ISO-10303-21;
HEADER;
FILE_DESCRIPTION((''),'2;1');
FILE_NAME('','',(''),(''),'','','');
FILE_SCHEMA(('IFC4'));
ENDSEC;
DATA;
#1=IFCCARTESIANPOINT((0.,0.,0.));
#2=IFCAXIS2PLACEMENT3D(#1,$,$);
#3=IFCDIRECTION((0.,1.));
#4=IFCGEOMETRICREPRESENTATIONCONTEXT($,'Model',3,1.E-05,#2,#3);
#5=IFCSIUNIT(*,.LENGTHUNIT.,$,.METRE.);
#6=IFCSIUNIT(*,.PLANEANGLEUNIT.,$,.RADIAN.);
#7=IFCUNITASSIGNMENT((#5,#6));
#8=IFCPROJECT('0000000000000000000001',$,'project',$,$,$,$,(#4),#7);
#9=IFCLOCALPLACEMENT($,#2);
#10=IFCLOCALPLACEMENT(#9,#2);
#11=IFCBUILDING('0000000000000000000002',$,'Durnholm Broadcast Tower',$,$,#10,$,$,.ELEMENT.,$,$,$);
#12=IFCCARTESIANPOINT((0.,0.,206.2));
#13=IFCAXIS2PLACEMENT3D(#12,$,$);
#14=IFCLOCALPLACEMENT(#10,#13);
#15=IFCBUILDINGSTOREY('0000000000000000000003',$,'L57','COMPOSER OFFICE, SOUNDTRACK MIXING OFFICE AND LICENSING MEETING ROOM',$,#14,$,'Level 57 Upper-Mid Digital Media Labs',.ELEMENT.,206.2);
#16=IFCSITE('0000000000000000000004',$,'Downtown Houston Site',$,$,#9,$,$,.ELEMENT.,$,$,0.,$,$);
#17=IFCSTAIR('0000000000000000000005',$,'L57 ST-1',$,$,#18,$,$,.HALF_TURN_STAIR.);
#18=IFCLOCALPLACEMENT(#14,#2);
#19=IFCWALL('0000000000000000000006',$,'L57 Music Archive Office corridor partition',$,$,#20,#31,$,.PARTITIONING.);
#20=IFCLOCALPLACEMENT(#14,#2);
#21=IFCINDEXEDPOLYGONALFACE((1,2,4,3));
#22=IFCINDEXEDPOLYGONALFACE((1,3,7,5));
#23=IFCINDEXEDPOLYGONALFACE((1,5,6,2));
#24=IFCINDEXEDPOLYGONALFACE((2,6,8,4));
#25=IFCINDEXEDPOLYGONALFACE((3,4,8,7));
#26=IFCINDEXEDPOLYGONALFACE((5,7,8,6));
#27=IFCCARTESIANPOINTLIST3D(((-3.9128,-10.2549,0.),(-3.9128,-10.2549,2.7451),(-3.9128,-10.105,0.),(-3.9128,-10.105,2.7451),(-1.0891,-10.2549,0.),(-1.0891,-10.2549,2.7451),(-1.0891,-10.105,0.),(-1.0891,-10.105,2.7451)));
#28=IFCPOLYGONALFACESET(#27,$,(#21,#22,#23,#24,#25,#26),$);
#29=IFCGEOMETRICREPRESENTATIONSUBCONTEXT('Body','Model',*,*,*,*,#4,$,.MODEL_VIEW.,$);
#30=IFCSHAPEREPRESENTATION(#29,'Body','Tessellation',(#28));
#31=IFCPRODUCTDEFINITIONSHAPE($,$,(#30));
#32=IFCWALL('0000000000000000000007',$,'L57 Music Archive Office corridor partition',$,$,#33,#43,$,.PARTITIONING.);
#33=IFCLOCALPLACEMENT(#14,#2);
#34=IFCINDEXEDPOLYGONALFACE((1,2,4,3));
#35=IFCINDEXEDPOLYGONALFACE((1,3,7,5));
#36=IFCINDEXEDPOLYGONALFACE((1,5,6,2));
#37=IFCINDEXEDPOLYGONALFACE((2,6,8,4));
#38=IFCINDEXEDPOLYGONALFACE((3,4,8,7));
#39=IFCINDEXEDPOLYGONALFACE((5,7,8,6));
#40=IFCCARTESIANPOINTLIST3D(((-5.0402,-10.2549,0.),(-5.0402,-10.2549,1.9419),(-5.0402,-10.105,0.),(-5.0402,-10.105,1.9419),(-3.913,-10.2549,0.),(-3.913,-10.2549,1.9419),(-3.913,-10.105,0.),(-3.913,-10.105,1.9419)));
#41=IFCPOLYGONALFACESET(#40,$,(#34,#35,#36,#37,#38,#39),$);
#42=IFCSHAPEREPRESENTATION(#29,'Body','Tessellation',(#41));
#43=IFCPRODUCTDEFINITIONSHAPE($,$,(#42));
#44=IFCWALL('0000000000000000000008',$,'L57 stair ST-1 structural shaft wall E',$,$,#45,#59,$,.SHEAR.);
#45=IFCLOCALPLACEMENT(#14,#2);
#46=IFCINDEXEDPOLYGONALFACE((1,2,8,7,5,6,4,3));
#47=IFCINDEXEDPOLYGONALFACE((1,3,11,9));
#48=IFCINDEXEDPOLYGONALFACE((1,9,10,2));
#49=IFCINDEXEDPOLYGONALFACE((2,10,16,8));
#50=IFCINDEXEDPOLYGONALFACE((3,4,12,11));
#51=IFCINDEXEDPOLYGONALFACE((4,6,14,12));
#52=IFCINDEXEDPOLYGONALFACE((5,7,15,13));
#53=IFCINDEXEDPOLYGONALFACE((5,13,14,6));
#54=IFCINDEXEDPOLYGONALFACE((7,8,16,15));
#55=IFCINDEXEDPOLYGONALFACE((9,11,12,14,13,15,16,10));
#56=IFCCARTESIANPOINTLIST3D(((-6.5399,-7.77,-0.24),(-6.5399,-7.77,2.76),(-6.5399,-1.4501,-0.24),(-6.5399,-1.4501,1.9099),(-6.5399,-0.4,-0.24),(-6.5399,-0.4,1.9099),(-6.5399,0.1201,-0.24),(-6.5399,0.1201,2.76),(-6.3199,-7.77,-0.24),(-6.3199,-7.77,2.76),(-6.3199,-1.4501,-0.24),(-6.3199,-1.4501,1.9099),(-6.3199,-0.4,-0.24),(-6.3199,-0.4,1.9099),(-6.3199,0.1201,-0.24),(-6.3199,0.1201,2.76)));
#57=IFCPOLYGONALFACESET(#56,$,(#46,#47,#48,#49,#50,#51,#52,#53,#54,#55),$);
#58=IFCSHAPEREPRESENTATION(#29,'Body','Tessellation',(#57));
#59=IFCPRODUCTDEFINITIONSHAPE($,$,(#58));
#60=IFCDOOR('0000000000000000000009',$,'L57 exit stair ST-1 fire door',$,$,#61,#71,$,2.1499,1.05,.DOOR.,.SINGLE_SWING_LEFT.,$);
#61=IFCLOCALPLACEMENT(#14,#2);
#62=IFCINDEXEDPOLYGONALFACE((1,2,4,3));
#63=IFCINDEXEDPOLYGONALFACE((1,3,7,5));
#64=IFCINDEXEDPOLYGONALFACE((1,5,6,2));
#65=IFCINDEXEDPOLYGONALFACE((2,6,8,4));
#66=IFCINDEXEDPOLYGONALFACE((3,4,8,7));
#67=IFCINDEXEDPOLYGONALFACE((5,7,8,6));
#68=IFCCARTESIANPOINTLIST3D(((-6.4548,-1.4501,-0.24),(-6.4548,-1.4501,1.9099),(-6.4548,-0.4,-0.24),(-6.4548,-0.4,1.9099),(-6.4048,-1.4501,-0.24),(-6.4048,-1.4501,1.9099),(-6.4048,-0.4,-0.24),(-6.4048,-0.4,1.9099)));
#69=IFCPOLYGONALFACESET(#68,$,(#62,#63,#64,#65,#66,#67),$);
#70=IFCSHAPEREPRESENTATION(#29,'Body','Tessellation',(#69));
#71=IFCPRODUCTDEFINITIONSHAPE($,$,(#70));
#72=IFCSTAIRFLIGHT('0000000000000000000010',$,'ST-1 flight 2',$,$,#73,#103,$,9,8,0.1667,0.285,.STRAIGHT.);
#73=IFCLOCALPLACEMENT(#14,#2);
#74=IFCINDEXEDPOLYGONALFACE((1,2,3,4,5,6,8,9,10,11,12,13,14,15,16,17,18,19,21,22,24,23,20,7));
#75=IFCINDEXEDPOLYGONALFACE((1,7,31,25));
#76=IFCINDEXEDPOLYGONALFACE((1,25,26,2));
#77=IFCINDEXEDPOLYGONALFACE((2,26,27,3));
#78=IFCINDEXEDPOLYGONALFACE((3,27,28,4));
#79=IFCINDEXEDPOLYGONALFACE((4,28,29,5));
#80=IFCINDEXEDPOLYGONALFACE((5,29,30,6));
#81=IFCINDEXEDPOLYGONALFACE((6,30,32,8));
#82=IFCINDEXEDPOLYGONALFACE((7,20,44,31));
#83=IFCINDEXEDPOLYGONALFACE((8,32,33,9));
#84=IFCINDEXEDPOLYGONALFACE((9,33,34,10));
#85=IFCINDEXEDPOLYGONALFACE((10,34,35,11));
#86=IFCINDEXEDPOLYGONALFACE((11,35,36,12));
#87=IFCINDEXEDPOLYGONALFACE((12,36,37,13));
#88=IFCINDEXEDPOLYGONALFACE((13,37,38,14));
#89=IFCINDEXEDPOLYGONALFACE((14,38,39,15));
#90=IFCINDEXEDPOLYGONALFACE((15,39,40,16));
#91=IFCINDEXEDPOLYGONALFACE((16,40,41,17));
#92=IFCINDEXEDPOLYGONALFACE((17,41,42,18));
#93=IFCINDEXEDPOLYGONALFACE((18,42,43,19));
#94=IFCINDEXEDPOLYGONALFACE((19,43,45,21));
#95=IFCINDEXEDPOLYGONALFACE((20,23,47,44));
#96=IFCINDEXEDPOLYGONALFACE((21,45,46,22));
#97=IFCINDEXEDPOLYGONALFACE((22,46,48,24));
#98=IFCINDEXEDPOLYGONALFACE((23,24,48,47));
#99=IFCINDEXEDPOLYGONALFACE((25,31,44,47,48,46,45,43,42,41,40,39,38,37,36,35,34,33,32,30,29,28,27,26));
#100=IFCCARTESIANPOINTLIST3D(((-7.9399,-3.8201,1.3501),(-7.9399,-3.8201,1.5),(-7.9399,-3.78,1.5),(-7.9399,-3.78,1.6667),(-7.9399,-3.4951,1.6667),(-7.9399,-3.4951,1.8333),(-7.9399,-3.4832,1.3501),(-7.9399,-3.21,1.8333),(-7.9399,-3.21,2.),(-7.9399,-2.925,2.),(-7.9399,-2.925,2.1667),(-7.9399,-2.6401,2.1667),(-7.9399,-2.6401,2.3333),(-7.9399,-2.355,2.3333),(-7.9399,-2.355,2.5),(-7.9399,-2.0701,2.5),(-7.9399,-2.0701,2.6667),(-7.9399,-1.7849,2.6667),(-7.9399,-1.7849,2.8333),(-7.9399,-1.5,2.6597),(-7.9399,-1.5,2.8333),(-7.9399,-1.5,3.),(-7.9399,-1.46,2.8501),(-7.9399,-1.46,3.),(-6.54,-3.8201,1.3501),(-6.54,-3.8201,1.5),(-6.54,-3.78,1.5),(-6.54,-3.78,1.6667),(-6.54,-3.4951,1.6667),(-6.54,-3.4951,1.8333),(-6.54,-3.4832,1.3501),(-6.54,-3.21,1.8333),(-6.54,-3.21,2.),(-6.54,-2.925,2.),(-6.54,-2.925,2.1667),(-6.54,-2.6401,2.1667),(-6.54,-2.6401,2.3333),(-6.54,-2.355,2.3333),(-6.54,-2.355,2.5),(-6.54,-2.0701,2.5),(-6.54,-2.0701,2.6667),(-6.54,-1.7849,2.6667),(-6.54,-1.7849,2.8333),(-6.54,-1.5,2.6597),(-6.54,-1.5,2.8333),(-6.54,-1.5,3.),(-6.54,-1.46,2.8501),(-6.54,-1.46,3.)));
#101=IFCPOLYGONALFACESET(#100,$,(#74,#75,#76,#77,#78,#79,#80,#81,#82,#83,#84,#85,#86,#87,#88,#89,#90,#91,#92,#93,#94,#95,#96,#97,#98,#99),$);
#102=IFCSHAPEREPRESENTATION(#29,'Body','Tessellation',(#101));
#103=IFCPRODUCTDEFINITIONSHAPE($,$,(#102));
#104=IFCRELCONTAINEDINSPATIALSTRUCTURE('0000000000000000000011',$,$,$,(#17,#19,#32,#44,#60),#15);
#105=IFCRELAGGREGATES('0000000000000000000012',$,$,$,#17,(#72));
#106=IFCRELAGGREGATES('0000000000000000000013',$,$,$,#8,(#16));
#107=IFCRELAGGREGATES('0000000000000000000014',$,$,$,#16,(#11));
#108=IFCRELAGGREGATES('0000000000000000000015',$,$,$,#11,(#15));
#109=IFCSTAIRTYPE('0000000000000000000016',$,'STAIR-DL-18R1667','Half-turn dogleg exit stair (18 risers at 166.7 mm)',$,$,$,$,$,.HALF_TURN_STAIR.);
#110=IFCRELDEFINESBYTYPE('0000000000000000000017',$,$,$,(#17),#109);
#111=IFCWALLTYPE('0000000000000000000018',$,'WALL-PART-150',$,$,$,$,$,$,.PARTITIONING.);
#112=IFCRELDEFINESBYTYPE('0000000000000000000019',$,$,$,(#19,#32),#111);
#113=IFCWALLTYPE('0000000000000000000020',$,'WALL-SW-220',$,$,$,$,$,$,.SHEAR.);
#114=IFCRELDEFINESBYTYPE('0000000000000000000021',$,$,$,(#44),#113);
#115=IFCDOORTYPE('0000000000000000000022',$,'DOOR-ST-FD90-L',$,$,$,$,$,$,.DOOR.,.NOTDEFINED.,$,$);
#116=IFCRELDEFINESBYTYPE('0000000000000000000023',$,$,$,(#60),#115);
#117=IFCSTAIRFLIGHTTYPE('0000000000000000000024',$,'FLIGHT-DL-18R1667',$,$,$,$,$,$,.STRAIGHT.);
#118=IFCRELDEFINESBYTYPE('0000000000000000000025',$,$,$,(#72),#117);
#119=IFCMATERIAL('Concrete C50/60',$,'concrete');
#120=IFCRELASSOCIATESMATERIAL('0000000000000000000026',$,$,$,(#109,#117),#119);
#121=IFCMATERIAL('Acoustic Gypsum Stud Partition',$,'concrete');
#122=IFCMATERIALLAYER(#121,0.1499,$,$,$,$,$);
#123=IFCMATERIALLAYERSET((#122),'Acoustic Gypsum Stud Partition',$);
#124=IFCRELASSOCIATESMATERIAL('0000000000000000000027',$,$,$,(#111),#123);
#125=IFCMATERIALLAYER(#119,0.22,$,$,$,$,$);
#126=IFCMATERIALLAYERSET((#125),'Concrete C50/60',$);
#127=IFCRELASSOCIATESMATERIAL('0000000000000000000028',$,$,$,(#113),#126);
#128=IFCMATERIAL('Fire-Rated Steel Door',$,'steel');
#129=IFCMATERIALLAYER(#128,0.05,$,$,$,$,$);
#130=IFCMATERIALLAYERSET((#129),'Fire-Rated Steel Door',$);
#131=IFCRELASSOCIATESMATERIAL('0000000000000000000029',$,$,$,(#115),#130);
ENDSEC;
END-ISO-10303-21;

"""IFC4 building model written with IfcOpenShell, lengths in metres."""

from ifc_helpers import new_model, si_unit, direction, frame, frame_2d, origin, place, context, subcontext, project, spatial, polyline, rectangle, outline, extrude, source, transform, mapped, material, layer, layer_set, type_object, type_shapes, element, fill, aggregate, save


model = new_model("IFC4")

# Units and contexts
model_context = context("Model", 3, precision=1e-05, world=origin(), true_north=direction((0.0, 1.0)))
body_context = subcontext(model_context, "Body", "Model", "MODEL_VIEW")
ifc_project = project(units=[si_unit("LENGTHUNIT", "METRE"), si_unit("PLANEANGLEUNIT", "RADIAN")], contexts=[model_context])

# Site, building, storey
site_placement = place(None, origin())
site = spatial("IfcSite", under=ifc_project, at=site_placement, Name="Downtown Houston Site", CompositionType="ELEMENT", RefElevation=0.0)
building_placement = place(site_placement, origin())
building = spatial("IfcBuilding", under=site, at=building_placement, Name="Durnholm Broadcast Tower", CompositionType="ELEMENT")
storey_placement = place(building_placement, frame((0.0, 0.0, 206.2)))
storey = spatial("IfcBuildingStorey", under=building, at=storey_placement, Name="L57", Description="COMPOSER OFFICE, SOUNDTRACK MIXING OFFICE AND LICENSING MEETING ROOM", LongName="Level 57 Upper-Mid Digital Media Labs", CompositionType="ELEMENT", Elevation=206.2)

# Shared definitions
ifc_material_1 = material(Name="Concrete C50/60", Category="concrete")

# Stair
stair_type = type_object("IfcStairType", Name="STAIR-DL-18R1667", Description="Half-turn dogleg exit stair (18 risers at 166.7 mm)", PredefinedType="HALF_TURN_STAIR", material=ifc_material_1)
stair_1_placement = place(storey_placement, origin())
stair_1 = element("IfcStair", 1, at=stair_1_placement, inside=storey, type_object=stair_type, Name="L57 ST-1", PredefinedType="HALF_TURN_STAIR")

# Shared definitions
ifc_material_2 = material(Name="Acoustic Gypsum Stud Partition", Category="concrete")
ifc_layer_1 = layer(ifc_material_2, 0.1499)
ifc_layer_set_1 = layer_set([ifc_layer_1], Name="Acoustic Gypsum Stud Partition")
wall_type_1 = type_object("IfcWallType", Name="WALL-PART-150", PredefinedType="PARTITIONING", material=ifc_layer_set_1)

# Walls
wall_1_placement = place(storey_placement, frame((-3.9128, -10.1799, 0.0), z_axis=(0.0, 0.0, 1.0), x_axis=(1.0, 0.0, 0.0)))
element("IfcWall", 2, at=wall_1_placement, inside=storey, type_object=wall_type_1, Name="L57 Music Archive Office corridor partition", PredefinedType="PARTITIONING", context=body_context, shape_type="SweptSolid", body=[
    extrude(rectangle(XDim=2.8237, YDim=0.1499, at=frame_2d((1.4119, 0.0))), origin(), (0.0, 0.0, 1.0), 2.7451),
])
wall_2_placement = place(storey_placement, frame((-5.04, -10.1799, 0.0), z_axis=(0.0, 0.0, 1.0), x_axis=(1.0, 0.0, 0.0)))
element("IfcWall", 3, at=wall_2_placement, inside=storey, type_object=wall_type_1, Name="L57 Music Archive Office corridor partition", PredefinedType="PARTITIONING", context=body_context, shape_type="SweptSolid", body=[
    extrude(rectangle(XDim=1.1272, YDim=0.1499, at=frame_2d((0.5635, 0.0))), origin(), (0.0, 0.0, 1.0), 1.9419),
])

# Wall, opening, door
ifc_layer_2 = layer(ifc_material_1, 0.22)
ifc_layer_set_2 = layer_set([ifc_layer_2], Name="Concrete C50/60")
wall_type_2 = type_object("IfcWallType", Name="WALL-SW-220", PredefinedType="SHEAR", material=ifc_layer_set_2)
wall_3_placement = place(storey_placement, frame((-6.4299, -7.77, -0.24), z_axis=(0.0, 0.0, 1.0), x_axis=(0.0, 1.0, 0.0)))
wall_3 = element("IfcWall", 4, at=wall_3_placement, inside=storey, type_object=wall_type_2, Name="L57 stair ST-1 structural shaft wall E", PredefinedType="SHEAR", context=body_context, shape_type="SweptSolid", body=[
    extrude(rectangle(XDim=7.8901, YDim=0.22, at=frame_2d((3.9451, 0.0))), origin(), (0.0, 0.0, 1.0), 3.0),
])
opening_1_placement = place(wall_3_placement, frame((6.3201, 0.0, 0.0)))
opening_1 = element("IfcOpeningElement", 5, at=opening_1_placement, cuts=wall_3, PredefinedType="OPENING", context=body_context, shape_type="SweptSolid", body=[
    extrude(rectangle(XDim=1.05, YDim=2.1499, at=frame_2d((0.5249, 1.075))), frame((0.0, 0.1201, 0.0), z_axis=(0.0, -1.0, 0.0), x_axis=(1.0, 0.0, 0.0)), (0.0, 0.0, 1.0), 0.24),
])
ifc_material_3 = material(Name="Fire-Rated Steel Door", Category="steel")
ifc_layer_3 = layer(ifc_material_3, 0.05)
ifc_layer_set_3 = layer_set([ifc_layer_3], Name="Fire-Rated Steel Door")
door_type_1 = type_object("IfcDoorType", Name="DOOR-ST-FD90-L", OperationType="NOTDEFINED", PredefinedType="DOOR", material=ifc_layer_set_3)
shared_shape_1 = source(origin(), body_context, "Body", "SweptSolid", [
    extrude(rectangle(XDim=1.05, YDim=2.1499, at=frame_2d((0.5249, 1.075))), frame((0.0, 0.0249, 0.0), z_axis=(0.0, -1.0, 0.0), x_axis=(1.0, 0.0, 0.0)), (0.0, 0.0, 1.0), 0.05),
])
type_shapes(door_type_1, [shared_shape_1])
door_1_placement = place(opening_1_placement, origin())
door_1 = element("IfcDoor", 6, at=door_1_placement, inside=storey, type_object=door_type_1, Name="L57 exit stair ST-1 fire door", OperationType="SINGLE_SWING_LEFT", OverallHeight=2.1499, OverallWidth=1.05, PredefinedType="DOOR", context=body_context, shape_type="MappedRepresentation", body=[
    mapped(shared_shape_1, transform((0.0, 0.0, 0.0), x_axis=(1.0, 0.0, 0.0), y_axis=(0.0, 1.0, 0.0), z_axis=(0.0, 0.0, 1.0), scale=1.0)),
])
fill(opening_1, door_1)

# Stair flight
stair_flight_type = type_object("IfcStairFlightType", Name="FLIGHT-DL-18R1667", PredefinedType="STRAIGHT", material=ifc_material_1)
stair_flight_placement = place(storey_placement, frame((-7.24, -3.78, 1.5), z_axis=(0.0, 0.0, 1.0), x_axis=(0.0, 1.0, 0.0)))
stair_flight = element("IfcStairFlight", 7, at=stair_flight_placement, type_object=stair_flight_type, Name="ST-1 flight 2", NumberOfRisers=9, NumberOfTreads=8, PredefinedType="STRAIGHT", RiserHeight=0.1667, TreadLength=0.285, context=body_context, shape_type="SweptSolid", body=[
    extrude(outline(polyline([(-0.04, -0.1499), (-0.04, 0.0), (0.0, 0.0), (0.0, 0.1667), (0.2849, 0.1667), (0.2849, 0.3333), (0.5701, 0.3333), (0.5701, 0.5), (0.855, 0.5), (0.855, 0.6667), (1.1399, 0.6667), (1.1399, 0.8333), (1.425, 0.8333), (1.425, 1.0), (1.71, 1.0), (1.71, 1.1667), (1.9951, 1.1667), (1.9951, 1.3333), (2.28, 1.3333), (2.28, 1.5), (2.3201, 1.5), (2.3201, 1.3501), (2.28, 1.1597), (0.2969, -0.1499), (-0.04, -0.1499)])), frame((0.0, 0.7, 0.0), z_axis=(0.0, -1.0, 0.0), x_axis=(1.0, 0.0, 0.0)), (0.0, 0.0, 1.0), 1.3999),
])
aggregate(stair_1, [stair_flight])

save(model, "model.ifc")
